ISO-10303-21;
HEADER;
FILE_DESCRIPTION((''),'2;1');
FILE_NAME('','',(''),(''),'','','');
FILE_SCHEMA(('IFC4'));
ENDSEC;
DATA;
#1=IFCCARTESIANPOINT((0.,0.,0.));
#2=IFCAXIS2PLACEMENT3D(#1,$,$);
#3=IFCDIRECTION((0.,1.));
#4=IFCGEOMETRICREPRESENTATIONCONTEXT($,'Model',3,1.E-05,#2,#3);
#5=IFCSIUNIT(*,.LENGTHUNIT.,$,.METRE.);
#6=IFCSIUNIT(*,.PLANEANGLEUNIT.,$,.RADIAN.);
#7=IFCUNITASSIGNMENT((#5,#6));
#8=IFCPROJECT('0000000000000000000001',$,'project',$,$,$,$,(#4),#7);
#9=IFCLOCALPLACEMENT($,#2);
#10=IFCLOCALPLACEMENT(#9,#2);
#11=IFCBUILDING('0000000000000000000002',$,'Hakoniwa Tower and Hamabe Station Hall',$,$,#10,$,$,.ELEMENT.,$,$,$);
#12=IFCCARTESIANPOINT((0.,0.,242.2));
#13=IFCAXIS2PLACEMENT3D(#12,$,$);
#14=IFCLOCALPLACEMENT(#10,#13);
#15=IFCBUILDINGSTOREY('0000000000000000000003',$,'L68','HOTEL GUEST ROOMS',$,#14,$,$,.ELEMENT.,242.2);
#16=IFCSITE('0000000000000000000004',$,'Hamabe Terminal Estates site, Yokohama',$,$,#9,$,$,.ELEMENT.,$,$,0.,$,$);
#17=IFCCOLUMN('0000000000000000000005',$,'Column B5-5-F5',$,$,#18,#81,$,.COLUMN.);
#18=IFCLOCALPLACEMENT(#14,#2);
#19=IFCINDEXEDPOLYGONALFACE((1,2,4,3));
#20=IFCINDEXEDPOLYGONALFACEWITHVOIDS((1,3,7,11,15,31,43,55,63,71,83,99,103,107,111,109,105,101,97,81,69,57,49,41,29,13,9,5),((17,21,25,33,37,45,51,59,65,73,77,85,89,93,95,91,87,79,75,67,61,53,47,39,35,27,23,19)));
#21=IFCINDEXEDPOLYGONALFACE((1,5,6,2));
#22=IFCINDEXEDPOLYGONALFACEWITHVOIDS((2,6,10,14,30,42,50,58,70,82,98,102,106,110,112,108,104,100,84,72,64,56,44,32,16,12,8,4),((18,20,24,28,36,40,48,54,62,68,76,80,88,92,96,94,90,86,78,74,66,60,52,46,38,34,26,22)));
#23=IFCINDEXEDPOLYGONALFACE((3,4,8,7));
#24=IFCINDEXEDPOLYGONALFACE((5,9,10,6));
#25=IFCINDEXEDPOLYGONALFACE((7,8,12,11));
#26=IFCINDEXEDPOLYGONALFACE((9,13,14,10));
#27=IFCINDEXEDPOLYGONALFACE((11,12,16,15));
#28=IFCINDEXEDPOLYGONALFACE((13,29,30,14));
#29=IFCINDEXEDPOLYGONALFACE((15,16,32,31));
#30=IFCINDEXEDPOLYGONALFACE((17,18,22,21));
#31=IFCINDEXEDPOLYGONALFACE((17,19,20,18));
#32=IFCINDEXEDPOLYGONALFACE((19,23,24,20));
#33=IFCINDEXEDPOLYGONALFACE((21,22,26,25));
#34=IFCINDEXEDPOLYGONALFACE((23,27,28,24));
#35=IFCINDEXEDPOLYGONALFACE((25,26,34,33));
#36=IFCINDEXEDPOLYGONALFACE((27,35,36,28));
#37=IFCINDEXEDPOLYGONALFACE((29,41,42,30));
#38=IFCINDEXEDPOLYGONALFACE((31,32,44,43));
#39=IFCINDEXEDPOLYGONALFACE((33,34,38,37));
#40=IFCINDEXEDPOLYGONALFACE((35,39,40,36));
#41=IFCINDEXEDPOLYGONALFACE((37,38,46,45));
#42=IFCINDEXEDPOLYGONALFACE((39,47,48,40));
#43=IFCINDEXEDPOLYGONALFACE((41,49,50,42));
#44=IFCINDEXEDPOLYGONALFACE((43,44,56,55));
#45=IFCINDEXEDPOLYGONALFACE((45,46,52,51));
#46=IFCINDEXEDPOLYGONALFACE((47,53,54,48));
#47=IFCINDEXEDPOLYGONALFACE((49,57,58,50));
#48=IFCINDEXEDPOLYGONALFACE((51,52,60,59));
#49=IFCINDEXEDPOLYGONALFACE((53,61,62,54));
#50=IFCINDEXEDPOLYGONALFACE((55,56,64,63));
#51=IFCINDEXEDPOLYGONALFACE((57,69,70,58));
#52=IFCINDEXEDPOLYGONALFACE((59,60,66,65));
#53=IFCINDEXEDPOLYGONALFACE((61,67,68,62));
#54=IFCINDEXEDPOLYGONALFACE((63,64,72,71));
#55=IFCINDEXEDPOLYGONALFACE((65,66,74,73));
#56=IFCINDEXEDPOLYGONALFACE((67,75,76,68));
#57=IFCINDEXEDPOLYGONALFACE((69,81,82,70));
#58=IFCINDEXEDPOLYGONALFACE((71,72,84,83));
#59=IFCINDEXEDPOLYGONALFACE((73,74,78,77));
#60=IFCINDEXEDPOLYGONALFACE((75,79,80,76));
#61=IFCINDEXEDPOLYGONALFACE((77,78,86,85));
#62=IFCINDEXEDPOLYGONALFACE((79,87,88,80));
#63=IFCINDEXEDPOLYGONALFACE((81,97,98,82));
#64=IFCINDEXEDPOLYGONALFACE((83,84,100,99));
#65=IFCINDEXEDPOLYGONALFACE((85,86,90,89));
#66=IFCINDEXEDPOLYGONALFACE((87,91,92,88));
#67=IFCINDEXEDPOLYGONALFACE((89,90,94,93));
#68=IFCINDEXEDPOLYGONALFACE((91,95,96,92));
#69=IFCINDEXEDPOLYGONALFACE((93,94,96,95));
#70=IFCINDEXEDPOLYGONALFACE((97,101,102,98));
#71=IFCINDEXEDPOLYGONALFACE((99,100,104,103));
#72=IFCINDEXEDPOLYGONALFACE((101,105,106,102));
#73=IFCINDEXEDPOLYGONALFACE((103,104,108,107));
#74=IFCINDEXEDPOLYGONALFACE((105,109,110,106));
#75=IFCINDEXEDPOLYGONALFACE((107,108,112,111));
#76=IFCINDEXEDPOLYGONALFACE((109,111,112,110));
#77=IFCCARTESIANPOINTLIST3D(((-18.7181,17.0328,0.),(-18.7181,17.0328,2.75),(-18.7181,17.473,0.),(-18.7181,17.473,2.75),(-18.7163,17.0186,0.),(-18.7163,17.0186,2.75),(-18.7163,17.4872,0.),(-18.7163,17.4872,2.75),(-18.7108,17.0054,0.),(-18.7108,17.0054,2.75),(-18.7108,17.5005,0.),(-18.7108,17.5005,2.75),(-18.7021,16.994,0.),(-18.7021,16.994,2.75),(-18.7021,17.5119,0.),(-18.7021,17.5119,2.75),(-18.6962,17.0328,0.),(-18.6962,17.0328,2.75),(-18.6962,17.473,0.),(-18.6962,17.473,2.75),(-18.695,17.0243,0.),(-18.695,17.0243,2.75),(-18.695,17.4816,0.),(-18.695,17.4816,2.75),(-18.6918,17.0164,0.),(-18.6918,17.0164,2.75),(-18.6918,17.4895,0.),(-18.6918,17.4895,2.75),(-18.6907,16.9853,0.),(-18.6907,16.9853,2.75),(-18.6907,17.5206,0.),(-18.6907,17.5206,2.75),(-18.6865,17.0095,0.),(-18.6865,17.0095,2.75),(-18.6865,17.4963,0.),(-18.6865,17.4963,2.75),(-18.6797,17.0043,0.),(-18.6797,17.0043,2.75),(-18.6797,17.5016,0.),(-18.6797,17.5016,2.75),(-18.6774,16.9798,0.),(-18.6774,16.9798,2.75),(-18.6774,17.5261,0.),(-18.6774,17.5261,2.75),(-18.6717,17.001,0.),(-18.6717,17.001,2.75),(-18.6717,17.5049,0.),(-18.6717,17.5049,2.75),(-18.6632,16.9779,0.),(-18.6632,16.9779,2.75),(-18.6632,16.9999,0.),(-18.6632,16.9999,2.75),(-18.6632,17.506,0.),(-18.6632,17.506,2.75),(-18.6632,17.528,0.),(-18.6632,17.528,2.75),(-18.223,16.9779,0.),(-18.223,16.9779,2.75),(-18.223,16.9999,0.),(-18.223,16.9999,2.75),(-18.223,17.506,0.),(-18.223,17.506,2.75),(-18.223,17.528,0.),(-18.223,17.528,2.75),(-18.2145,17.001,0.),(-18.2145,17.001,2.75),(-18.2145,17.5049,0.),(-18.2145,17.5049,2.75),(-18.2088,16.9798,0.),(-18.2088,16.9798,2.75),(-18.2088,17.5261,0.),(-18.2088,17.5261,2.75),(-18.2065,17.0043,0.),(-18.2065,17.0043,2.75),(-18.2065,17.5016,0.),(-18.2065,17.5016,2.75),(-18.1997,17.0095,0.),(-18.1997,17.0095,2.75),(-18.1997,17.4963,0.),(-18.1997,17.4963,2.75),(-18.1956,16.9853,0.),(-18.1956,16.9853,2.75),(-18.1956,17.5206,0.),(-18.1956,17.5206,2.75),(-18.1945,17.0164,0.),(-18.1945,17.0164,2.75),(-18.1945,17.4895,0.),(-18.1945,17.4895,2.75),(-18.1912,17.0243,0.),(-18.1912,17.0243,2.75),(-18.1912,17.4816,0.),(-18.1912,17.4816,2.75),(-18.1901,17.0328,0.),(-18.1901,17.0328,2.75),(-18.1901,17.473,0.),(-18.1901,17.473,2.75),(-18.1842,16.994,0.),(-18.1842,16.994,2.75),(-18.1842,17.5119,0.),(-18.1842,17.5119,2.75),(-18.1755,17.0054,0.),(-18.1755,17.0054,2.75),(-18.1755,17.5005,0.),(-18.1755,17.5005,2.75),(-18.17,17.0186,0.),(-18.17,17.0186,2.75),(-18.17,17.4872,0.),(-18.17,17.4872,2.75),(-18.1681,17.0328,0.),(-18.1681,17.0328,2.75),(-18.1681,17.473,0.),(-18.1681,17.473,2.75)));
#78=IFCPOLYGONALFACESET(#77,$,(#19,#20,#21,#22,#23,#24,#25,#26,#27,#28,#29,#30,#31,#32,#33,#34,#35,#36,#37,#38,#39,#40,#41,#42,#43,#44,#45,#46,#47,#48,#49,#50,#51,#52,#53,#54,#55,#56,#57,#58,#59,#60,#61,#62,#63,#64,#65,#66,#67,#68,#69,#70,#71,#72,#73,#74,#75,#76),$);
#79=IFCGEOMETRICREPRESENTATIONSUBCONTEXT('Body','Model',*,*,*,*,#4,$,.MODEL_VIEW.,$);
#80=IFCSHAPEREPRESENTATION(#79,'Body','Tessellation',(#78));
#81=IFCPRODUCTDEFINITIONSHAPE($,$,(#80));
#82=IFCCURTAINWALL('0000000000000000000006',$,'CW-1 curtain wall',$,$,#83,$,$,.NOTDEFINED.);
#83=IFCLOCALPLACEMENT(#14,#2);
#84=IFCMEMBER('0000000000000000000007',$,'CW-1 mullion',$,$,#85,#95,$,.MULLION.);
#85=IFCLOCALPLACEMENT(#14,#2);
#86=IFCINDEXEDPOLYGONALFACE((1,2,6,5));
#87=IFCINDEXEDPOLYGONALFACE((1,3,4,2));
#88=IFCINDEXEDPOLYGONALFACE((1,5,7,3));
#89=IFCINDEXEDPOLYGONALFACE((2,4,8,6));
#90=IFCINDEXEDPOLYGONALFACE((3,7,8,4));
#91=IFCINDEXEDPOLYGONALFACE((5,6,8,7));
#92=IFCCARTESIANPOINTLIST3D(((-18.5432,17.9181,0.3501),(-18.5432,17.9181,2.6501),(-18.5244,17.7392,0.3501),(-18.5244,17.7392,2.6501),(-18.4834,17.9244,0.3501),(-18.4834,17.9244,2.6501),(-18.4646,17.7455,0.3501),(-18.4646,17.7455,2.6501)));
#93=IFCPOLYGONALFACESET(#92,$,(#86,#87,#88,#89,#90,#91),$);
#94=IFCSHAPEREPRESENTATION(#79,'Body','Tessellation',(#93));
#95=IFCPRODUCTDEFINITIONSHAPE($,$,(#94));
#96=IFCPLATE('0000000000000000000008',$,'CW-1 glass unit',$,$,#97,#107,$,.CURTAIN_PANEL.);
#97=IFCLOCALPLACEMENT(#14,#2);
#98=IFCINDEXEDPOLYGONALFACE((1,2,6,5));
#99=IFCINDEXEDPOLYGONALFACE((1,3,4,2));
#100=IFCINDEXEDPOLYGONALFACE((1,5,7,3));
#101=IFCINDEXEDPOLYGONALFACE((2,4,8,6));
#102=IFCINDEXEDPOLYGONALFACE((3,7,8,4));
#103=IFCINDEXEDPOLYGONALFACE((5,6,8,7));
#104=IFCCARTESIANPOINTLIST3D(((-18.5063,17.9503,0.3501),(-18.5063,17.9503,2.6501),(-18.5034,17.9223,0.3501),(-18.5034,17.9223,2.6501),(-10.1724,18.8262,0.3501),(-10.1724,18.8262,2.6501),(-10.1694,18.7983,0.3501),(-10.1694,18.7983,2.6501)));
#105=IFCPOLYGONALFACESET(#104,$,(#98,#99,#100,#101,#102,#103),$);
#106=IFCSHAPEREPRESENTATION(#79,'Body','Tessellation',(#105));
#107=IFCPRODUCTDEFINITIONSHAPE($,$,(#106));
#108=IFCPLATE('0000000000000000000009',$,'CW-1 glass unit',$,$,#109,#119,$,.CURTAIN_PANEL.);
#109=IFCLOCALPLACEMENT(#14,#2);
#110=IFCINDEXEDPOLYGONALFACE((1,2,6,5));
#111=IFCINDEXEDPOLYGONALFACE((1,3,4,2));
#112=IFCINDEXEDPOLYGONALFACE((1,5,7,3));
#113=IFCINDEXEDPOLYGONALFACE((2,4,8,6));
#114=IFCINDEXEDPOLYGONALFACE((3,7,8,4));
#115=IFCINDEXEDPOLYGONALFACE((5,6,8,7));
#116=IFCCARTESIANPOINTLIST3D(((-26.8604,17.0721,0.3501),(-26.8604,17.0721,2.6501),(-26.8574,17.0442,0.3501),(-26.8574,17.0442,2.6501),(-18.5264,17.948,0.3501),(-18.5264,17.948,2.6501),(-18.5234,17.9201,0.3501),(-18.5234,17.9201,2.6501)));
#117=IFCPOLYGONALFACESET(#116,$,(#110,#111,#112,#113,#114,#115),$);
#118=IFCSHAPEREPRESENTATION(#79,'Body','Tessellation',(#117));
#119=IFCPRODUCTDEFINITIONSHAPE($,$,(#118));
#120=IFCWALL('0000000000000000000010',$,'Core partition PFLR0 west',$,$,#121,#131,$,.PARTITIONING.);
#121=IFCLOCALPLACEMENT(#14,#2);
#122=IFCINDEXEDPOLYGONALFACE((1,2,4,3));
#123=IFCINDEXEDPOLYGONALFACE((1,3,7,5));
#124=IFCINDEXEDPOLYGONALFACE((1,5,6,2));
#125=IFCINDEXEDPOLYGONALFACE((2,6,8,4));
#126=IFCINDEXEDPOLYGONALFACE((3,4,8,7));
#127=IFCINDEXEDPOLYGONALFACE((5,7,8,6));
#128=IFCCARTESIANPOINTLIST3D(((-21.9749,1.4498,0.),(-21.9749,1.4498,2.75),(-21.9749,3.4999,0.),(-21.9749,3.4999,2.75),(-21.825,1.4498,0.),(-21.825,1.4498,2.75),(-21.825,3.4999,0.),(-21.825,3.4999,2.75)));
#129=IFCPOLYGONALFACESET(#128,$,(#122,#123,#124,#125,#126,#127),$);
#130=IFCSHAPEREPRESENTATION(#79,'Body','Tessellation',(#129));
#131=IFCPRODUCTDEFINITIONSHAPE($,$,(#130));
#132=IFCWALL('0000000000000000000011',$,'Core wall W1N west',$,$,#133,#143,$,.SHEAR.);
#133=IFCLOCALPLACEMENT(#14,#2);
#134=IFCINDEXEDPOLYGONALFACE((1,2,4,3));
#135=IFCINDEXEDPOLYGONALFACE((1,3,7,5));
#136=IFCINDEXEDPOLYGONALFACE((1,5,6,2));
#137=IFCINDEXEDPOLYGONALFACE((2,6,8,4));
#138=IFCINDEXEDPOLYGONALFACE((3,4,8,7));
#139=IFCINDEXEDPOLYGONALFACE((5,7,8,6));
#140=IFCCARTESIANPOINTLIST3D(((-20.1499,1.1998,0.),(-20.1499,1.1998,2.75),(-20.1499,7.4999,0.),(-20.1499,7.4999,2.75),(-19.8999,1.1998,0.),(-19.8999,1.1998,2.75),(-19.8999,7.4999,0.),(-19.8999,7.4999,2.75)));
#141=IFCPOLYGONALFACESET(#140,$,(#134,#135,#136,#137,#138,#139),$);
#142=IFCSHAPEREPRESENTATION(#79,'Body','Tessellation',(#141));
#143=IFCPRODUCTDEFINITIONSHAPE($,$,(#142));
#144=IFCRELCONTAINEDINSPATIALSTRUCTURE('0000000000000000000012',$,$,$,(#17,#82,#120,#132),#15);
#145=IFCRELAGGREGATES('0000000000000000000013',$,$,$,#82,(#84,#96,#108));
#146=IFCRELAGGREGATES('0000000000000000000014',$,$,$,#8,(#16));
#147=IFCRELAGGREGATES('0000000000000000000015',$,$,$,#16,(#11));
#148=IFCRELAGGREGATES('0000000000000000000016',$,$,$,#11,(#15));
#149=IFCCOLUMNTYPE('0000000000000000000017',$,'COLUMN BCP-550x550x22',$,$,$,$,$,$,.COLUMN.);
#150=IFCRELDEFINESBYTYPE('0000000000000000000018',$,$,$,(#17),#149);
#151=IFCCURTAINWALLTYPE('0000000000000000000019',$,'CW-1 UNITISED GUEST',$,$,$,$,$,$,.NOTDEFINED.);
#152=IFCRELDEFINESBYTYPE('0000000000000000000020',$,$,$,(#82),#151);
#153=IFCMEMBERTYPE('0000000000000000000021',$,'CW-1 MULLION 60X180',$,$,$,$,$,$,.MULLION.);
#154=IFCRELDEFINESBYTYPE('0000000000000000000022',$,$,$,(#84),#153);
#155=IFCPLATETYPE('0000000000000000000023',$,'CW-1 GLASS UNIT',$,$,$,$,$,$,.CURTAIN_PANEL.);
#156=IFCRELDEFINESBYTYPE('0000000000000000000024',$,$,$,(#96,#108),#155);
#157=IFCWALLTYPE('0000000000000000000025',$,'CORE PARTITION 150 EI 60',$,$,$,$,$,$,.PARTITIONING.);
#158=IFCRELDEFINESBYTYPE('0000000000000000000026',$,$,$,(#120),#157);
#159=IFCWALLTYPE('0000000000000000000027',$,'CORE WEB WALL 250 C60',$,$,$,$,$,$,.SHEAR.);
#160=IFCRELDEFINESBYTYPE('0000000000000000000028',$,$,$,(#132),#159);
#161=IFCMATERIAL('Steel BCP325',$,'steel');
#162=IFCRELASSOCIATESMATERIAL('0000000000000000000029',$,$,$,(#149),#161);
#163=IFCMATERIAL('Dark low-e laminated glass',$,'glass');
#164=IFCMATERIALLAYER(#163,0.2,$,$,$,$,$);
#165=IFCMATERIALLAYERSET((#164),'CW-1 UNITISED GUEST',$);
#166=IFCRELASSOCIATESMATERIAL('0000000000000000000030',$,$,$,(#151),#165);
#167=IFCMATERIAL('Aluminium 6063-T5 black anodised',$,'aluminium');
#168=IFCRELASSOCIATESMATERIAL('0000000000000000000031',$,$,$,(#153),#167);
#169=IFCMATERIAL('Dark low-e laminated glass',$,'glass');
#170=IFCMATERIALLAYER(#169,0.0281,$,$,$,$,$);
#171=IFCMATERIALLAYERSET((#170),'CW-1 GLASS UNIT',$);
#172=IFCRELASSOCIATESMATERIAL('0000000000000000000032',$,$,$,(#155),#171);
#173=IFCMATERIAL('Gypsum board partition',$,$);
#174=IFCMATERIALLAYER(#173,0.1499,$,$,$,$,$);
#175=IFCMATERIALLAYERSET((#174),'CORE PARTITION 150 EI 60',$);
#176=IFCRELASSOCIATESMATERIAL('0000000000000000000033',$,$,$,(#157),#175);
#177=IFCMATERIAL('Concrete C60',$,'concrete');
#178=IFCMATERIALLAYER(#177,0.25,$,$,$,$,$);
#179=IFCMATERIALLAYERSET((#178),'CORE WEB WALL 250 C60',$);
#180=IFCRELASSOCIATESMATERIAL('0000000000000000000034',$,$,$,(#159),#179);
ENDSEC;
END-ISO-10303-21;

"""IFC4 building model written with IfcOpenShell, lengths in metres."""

from ifc_helpers import new_model, si_unit, direction, frame, frame_2d, origin, origin_2d, place, context, subcontext, project, spatial, rectangle, hollow_rectangle, extrude, material, layer, layer_set, material_profile, profile_set, type_object, element, aggregate, save


model = new_model("IFC4")

# Units and contexts
model_context = context("Model", 3, precision=1e-05, world=origin(), true_north=direction((0.0, 1.0)))
body_context = subcontext(model_context, "Body", "Model", "MODEL_VIEW")
ifc_project = project(units=[si_unit("LENGTHUNIT", "METRE"), si_unit("PLANEANGLEUNIT", "RADIAN")], contexts=[model_context])

# Site, building, storey
site_placement = place(None, origin())
site = spatial("IfcSite", under=ifc_project, at=site_placement, Name="Hamabe Terminal Estates site, Yokohama", CompositionType="ELEMENT", RefElevation=0.0)
building_placement = place(site_placement, origin())
building = spatial("IfcBuilding", under=site, at=building_placement, Name="Hakoniwa Tower and Hamabe Station Hall", CompositionType="ELEMENT")
storey_placement = place(building_placement, frame((0.0, 0.0, 242.2)))
storey = spatial("IfcBuildingStorey", under=building, at=storey_placement, Name="L68", Description="HOTEL GUEST ROOMS", CompositionType="ELEMENT", Elevation=242.2)

# Column
ifc_material_1 = material(Name="Steel BCP325", Category="steel")
ifc_material_profile_1 = material_profile(ifc_material_1, hollow_rectangle(XDim=0.55, YDim=0.55, WallThickness=0.022, InnerFilletRadius=0.033, OuterFilletRadius=0.0549, at=origin_2d()), Name="BCP-550x550x22")
ifc_profile_set_1 = profile_set([ifc_material_profile_1], Name="Steel BCP325")
column_type = type_object("IfcColumnType", Name="COLUMN BCP-550x550x22", PredefinedType="COLUMN", material=ifc_profile_set_1)
column_placement = place(storey_placement, frame((-18.4431, 17.2529, 0.0), z_axis=(0.0, 0.0, 1.0), x_axis=(1.0, 0.0, 0.0)))
element("IfcColumn", 1, at=column_placement, inside=storey, type_object=column_type, Name="Column B5-5-F5", PredefinedType="COLUMN", context=body_context, shape_type="SweptSolid", body=[
    extrude(hollow_rectangle(XDim=0.55, YDim=0.55, WallThickness=0.022, InnerFilletRadius=0.033, OuterFilletRadius=0.0549, at=origin_2d()), origin(), (0.0, 0.0, 1.0), 2.75),
])

# Curtain wall, member, plates
ifc_material_2 = material(Name="Dark low-e laminated glass", Category="glass")
ifc_layer_1 = layer(ifc_material_2, 0.2)
ifc_layer_set_1 = layer_set([ifc_layer_1], Name="CW-1 UNITISED GUEST")
curtain_wall_type = type_object("IfcCurtainWallType", Name="CW-1 UNITISED GUEST", PredefinedType="NOTDEFINED", material=ifc_layer_set_1)
curtain_wall_placement = place(storey_placement, origin())
curtain_wall = element("IfcCurtainWall", 2, at=curtain_wall_placement, inside=storey, type_object=curtain_wall_type, Name="CW-1 curtain wall", PredefinedType="NOTDEFINED")
ifc_material_3 = material(Name="Aluminium 6063-T5 black anodised", Category="aluminium")
ifc_material_profile_2 = material_profile(ifc_material_3, rectangle(XDim=0.0601, YDim=0.1799, at=origin_2d()), Name="CW-1 MULLION 60X180")
ifc_profile_set_2 = profile_set([ifc_material_profile_2], Name="Aluminium 6063-T5 black anodised")
member_type = type_object("IfcMemberType", Name="CW-1 MULLION 60X180", PredefinedType="MULLION", material=ifc_profile_set_2)
member_placement = place(storey_placement, frame((-18.5039, 17.8318, 0.3501), z_axis=(0.0, 0.0, 1.0), x_axis=(-0.994522, -0.104528, 0.0)))
member = element("IfcMember", 3, at=member_placement, type_object=member_type, Name="CW-1 mullion", PredefinedType="MULLION", context=body_context, shape_type="SweptSolid", body=[
    extrude(rectangle(XDim=0.0601, YDim=0.1799, at=origin_2d()), origin(), (0.0, 0.0, 1.0), 2.3),
])
ifc_material_4 = material(Name="Dark low-e laminated glass", Category="glass")
ifc_layer_2 = layer(ifc_material_4, 0.0281)
ifc_layer_set_2 = layer_set([ifc_layer_2], Name="CW-1 GLASS UNIT")
plate_type = type_object("IfcPlateType", Name="CW-1 GLASS UNIT", PredefinedType="CURTAIN_PANEL", material=ifc_layer_set_2)
plate_1_placement = place(storey_placement, frame((-14.3379, 18.3743, 0.3501), z_axis=(0.0, 0.0, 1.0), x_axis=(-0.994522, -0.104528, 0.0)))
plate_1 = element("IfcPlate", 4, at=plate_1_placement, type_object=plate_type, Name="CW-1 glass unit", PredefinedType="CURTAIN_PANEL", context=body_context, shape_type="SweptSolid", body=[
    extrude(rectangle(XDim=8.3799, YDim=0.0281, at=origin_2d()), origin(), (0.0, 0.0, 1.0), 2.3),
])
plate_2_placement = place(storey_placement, frame((-22.6919, 17.4961, 0.3501), z_axis=(0.0, 0.0, 1.0), x_axis=(-0.994522, -0.104528, 0.0)))
plate_2 = element("IfcPlate", 5, at=plate_2_placement, type_object=plate_type, Name="CW-1 glass unit", PredefinedType="CURTAIN_PANEL", context=body_context, shape_type="SweptSolid", body=[
    extrude(rectangle(XDim=8.3799, YDim=0.0281, at=origin_2d()), origin(), (0.0, 0.0, 1.0), 2.3),
])
aggregate(curtain_wall, [member, plate_1, plate_2])

# Walls
ifc_material_5 = material(Name="Gypsum board partition")
ifc_layer_3 = layer(ifc_material_5, 0.1499)
ifc_layer_set_3 = layer_set([ifc_layer_3], Name="CORE PARTITION 150 EI 60")
wall_type_1 = type_object("IfcWallType", Name="CORE PARTITION 150 EI 60", PredefinedType="PARTITIONING", material=ifc_layer_set_3)
wall_1_placement = place(storey_placement, frame((-21.8999, 1.45, 0.0), z_axis=(0.0, 0.0, 1.0), x_axis=(0.0, 1.0, 0.0)))
element("IfcWall", 6, at=wall_1_placement, inside=storey, type_object=wall_type_1, Name="Core partition PFLR0 west", PredefinedType="PARTITIONING", context=body_context, shape_type="SweptSolid", body=[
    extrude(rectangle(XDim=2.05, YDim=0.1499, at=frame_2d((1.0249, 0.0))), origin(), (0.0, 0.0, 1.0), 2.75),
])
ifc_material_6 = material(Name="Concrete C60", Category="concrete")
ifc_layer_4 = layer(ifc_material_6, 0.25)
ifc_layer_set_4 = layer_set([ifc_layer_4], Name="CORE WEB WALL 250 C60")
wall_type_2 = type_object("IfcWallType", Name="CORE WEB WALL 250 C60", PredefinedType="SHEAR", material=ifc_layer_set_4)
wall_2_placement = place(storey_placement, frame((-20.0249, 1.2, 0.0), z_axis=(0.0, 0.0, 1.0), x_axis=(0.0, 1.0, 0.0)))
element("IfcWall", 7, at=wall_2_placement, inside=storey, type_object=wall_type_2, Name="Core wall W1N west", PredefinedType="SHEAR", context=body_context, shape_type="SweptSolid", body=[
    extrude(rectangle(XDim=6.3, YDim=0.25, at=frame_2d((3.1499, 0.0))), origin(), (0.0, 0.0, 1.0), 2.75),
])

save(model, "model.ifc")
